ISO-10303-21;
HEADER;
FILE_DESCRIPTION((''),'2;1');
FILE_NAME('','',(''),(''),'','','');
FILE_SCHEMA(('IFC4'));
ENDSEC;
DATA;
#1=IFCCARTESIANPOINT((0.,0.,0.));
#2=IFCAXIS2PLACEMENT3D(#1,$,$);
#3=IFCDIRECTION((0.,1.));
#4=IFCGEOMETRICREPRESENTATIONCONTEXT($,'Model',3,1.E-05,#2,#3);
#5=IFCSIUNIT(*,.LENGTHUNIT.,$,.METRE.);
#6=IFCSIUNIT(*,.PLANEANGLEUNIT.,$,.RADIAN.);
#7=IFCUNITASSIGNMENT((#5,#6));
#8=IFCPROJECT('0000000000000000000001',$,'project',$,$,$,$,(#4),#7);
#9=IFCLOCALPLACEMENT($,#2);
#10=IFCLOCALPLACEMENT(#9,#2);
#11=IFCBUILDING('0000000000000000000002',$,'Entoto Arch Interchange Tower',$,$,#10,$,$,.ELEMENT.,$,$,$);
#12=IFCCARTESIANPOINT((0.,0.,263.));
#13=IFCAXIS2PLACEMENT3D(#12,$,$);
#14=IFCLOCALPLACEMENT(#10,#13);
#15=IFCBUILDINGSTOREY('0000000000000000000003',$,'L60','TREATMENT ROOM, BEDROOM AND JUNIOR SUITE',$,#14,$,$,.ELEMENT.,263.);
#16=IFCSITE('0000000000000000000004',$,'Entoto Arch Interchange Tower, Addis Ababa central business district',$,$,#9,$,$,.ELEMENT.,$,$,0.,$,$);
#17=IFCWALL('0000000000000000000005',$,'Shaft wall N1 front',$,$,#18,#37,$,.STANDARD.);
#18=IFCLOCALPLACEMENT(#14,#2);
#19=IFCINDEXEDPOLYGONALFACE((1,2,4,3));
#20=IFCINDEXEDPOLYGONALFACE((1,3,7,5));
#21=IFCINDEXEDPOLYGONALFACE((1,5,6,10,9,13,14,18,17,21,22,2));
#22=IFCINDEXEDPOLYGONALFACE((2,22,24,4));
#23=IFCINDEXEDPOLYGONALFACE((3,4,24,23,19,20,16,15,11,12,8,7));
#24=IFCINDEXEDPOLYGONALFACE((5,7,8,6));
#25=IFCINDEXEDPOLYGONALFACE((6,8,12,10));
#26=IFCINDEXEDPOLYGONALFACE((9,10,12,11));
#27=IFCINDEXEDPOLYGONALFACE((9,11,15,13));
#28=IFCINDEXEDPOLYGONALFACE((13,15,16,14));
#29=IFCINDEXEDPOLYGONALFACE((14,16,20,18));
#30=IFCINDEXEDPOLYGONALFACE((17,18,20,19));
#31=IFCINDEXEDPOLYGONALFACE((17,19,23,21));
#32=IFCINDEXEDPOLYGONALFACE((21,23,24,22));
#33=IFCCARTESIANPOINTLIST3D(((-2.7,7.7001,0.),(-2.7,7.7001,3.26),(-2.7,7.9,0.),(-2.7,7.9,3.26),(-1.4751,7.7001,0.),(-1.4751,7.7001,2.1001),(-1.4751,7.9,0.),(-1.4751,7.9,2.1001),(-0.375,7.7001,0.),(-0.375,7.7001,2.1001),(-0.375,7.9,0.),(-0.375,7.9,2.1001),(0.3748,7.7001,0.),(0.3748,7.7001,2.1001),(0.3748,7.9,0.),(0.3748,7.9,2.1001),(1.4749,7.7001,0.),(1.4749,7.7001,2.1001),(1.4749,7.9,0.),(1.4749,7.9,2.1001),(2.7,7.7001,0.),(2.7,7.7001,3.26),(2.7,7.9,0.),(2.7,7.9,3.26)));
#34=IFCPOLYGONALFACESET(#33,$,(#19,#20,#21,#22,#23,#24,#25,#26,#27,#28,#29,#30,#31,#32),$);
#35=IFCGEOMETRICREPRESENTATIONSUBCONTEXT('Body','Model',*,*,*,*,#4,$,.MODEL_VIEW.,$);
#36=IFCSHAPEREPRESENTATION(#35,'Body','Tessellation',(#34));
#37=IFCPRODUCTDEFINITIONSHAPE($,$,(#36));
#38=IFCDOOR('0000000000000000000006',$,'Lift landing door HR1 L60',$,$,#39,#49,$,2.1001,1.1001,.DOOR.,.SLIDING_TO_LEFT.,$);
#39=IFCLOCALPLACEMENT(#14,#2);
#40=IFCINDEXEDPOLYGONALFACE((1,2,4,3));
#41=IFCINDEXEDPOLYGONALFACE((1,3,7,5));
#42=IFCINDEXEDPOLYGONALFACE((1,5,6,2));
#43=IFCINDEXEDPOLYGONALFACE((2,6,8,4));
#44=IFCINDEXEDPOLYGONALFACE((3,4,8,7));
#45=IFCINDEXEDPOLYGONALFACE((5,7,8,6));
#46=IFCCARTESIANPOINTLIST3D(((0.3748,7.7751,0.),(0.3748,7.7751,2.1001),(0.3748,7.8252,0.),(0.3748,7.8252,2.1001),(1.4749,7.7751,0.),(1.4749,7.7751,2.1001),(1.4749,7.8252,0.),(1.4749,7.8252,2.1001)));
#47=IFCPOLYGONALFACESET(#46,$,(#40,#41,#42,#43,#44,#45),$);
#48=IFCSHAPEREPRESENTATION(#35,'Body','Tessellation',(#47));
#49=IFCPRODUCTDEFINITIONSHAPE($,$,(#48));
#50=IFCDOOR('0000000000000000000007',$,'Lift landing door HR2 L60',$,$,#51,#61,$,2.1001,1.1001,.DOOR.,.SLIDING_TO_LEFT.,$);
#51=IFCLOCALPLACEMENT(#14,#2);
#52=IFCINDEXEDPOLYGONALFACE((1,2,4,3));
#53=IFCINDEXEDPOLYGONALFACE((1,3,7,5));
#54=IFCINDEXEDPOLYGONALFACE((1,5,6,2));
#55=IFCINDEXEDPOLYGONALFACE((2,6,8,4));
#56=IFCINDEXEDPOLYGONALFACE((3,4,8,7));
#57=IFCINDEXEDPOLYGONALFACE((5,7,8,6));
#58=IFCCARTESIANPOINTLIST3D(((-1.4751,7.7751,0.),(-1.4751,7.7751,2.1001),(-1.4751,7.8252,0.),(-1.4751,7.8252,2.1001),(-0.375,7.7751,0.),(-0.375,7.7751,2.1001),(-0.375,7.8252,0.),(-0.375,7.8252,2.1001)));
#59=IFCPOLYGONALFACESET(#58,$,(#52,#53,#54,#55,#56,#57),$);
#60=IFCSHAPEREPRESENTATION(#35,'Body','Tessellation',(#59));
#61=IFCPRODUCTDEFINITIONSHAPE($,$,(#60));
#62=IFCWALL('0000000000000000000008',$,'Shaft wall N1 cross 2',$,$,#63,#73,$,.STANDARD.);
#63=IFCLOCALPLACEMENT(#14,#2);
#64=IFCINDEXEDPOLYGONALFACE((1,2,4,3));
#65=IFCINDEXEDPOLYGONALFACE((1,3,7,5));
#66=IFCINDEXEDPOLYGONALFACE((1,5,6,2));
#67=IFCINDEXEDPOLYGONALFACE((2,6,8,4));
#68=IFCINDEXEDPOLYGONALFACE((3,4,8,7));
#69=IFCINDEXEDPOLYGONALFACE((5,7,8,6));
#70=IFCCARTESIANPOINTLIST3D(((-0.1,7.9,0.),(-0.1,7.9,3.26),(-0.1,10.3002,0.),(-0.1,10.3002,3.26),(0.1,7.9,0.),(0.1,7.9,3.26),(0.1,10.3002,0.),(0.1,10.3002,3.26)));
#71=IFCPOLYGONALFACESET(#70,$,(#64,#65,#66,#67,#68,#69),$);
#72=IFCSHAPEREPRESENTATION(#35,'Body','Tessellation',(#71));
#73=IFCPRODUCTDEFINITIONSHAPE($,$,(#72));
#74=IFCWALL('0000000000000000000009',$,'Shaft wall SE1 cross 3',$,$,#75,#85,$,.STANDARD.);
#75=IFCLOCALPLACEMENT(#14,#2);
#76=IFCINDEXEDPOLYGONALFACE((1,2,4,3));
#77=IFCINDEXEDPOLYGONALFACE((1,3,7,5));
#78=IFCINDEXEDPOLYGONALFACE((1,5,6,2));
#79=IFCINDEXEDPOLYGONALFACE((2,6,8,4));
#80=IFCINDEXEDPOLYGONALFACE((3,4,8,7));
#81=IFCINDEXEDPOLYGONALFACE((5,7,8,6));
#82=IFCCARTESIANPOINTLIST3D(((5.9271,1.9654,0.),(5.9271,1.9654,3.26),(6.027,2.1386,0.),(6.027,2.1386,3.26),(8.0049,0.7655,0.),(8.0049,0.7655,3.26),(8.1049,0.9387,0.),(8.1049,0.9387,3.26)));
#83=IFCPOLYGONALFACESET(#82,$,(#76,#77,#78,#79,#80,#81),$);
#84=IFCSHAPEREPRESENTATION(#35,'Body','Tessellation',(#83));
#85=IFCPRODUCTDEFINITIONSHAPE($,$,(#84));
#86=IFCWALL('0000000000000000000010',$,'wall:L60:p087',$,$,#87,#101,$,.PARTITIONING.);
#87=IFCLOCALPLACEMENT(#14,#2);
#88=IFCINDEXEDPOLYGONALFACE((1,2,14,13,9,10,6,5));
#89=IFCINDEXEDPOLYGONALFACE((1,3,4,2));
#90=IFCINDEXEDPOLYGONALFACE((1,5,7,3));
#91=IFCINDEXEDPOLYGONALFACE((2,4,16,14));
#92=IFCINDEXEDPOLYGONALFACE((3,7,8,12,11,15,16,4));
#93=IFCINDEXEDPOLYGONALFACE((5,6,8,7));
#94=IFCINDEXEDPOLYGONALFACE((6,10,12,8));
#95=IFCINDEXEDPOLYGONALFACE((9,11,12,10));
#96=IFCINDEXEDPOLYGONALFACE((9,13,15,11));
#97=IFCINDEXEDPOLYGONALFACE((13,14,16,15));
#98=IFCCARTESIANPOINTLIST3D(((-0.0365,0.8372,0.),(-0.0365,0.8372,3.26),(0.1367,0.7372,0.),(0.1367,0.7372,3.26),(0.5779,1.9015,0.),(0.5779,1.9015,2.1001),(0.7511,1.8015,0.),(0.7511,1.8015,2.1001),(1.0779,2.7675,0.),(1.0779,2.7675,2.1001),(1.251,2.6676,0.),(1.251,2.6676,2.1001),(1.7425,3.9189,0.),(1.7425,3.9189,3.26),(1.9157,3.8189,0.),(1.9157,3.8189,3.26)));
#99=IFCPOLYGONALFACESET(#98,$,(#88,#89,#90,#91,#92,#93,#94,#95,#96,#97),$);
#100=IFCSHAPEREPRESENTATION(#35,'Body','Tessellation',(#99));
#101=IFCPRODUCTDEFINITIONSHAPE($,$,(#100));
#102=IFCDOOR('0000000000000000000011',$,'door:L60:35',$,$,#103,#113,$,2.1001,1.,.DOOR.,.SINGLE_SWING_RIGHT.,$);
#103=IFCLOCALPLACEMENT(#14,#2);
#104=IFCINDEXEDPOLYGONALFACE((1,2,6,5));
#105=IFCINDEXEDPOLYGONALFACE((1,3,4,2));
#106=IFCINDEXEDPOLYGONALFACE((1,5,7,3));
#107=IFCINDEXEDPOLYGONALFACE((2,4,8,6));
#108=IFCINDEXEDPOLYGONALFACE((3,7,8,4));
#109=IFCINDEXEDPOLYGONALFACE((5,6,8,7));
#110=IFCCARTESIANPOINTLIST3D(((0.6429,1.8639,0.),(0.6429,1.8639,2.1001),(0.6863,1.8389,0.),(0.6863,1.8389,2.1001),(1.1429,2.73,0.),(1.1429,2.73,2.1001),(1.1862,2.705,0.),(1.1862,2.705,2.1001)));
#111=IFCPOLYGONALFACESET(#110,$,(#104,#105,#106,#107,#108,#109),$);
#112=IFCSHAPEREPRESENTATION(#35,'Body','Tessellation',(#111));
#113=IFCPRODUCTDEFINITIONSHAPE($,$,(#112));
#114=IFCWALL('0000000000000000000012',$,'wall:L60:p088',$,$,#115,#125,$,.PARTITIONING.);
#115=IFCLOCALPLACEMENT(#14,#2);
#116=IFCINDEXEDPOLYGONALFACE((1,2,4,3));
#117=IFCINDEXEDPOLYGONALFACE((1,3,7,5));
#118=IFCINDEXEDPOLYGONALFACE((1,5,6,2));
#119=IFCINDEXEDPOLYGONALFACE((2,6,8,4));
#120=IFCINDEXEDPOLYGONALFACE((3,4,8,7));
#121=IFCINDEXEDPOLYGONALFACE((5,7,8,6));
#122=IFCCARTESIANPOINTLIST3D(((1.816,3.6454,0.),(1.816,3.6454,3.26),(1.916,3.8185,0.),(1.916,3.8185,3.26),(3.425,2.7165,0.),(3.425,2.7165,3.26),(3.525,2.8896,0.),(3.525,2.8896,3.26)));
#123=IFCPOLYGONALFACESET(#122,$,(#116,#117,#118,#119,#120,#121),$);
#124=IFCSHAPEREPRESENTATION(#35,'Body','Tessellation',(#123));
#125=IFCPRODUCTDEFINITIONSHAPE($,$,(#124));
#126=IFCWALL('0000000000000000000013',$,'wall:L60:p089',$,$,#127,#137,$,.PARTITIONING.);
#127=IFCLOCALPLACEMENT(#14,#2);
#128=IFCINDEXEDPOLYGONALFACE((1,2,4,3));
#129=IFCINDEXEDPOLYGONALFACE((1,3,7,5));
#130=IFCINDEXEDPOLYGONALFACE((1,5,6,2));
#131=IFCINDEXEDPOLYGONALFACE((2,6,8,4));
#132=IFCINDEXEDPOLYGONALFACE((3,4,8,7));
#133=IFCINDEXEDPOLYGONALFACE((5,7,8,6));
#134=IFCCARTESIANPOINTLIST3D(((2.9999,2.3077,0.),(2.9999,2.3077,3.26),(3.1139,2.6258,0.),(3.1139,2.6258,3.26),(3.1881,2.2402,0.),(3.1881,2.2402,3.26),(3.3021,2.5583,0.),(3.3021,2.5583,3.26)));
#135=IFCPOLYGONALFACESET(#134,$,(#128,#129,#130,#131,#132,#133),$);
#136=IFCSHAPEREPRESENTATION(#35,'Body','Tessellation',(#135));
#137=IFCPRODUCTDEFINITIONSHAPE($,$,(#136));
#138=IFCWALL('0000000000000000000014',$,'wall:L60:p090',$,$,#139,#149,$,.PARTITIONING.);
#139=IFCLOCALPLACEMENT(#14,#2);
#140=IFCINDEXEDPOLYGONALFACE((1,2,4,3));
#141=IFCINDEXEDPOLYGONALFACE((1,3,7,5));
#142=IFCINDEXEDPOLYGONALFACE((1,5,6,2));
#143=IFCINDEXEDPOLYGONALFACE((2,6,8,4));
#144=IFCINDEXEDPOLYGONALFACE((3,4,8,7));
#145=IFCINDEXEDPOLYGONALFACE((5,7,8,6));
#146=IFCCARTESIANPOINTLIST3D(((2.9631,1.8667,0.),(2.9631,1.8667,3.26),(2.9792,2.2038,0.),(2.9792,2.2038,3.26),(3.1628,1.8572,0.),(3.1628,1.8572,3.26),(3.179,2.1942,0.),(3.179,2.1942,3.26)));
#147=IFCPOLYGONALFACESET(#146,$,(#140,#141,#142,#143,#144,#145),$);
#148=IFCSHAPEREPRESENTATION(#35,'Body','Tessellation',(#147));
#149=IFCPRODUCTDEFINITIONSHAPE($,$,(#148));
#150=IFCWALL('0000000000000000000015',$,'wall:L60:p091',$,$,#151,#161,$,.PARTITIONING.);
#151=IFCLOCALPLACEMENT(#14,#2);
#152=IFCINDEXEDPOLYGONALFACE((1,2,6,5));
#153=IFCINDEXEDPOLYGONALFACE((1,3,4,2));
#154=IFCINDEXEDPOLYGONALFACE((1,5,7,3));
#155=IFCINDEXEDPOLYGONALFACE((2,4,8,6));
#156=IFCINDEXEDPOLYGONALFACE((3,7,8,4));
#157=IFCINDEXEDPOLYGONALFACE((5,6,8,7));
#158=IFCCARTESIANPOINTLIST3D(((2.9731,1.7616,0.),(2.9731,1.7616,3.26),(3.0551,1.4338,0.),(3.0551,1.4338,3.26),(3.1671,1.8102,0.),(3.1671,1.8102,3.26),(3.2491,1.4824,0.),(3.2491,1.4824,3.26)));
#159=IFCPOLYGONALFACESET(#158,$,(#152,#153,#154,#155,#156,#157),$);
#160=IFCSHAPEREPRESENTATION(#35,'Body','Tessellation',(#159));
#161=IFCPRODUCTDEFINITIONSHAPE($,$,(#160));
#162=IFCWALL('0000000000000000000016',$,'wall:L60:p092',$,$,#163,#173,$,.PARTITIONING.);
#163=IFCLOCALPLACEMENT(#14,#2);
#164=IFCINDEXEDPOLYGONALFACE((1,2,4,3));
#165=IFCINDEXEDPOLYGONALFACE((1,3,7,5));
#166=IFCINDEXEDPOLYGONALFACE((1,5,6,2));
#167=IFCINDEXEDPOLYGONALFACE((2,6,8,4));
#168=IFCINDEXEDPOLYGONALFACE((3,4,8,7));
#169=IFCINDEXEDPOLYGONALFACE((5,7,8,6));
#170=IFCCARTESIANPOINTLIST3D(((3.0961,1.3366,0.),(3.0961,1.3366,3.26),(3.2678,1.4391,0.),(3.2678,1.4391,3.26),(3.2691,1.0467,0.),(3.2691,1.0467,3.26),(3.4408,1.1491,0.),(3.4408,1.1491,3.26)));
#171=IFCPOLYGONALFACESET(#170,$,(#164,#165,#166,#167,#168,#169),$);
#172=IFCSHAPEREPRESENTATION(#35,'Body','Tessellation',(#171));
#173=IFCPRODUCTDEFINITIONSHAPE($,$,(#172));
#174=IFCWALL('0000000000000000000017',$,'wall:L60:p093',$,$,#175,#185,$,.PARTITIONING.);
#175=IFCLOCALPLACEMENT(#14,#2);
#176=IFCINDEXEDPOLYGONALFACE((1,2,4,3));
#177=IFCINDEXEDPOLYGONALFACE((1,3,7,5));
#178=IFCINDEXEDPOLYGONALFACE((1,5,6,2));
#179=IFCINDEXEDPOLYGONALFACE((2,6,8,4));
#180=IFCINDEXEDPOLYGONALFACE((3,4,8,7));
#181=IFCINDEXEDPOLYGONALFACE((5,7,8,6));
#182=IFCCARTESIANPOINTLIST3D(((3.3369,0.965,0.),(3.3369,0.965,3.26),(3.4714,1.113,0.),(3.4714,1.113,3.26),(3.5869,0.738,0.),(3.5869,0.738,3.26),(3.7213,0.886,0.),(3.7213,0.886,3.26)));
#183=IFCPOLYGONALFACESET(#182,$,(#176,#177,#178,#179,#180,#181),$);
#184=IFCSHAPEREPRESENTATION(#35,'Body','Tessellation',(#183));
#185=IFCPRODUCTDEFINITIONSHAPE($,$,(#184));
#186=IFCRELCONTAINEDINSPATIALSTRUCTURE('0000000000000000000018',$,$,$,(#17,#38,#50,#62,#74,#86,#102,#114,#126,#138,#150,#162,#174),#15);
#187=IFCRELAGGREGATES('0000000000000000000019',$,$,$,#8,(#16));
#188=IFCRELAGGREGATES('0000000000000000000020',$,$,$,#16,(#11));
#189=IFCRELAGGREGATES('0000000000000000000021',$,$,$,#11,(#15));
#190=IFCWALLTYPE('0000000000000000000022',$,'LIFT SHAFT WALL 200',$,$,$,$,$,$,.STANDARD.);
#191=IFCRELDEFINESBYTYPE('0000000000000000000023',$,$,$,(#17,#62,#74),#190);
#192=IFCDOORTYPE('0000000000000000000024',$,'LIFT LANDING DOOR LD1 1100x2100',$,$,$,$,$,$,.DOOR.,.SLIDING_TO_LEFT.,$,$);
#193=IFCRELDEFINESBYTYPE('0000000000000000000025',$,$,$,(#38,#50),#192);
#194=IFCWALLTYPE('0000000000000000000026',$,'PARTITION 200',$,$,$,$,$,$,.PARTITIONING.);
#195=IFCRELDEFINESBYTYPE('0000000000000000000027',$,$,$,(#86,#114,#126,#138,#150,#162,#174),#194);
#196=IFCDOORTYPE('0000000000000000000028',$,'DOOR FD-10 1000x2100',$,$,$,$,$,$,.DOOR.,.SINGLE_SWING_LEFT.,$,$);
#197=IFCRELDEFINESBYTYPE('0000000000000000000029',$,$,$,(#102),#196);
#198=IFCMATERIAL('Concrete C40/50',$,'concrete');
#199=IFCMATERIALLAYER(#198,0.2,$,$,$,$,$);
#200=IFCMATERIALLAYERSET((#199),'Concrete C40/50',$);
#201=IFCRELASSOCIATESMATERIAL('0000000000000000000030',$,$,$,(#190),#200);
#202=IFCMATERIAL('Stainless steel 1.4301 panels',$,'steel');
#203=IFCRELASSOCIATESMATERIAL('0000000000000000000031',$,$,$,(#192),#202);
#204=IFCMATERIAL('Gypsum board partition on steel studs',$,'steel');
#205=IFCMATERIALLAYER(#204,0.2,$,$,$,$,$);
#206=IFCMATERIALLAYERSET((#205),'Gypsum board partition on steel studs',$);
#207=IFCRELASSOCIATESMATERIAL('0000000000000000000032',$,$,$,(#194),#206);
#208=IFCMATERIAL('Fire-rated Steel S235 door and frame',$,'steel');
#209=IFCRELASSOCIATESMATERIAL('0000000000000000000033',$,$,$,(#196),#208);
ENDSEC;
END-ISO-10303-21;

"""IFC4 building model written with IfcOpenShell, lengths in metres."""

from ifc_helpers import new_model, si_unit, direction, frame, frame_2d, origin, place, context, subcontext, project, spatial, rectangle, extrude, material, layer, layer_set, type_object, element, fill, save


model = new_model("IFC4")

# Units and contexts
model_context = context("Model", 3, precision=1e-05, world=origin(), true_north=direction((0.0, 1.0)))
body_context = subcontext(model_context, "Body", "Model", "MODEL_VIEW")
ifc_project = project(units=[si_unit("LENGTHUNIT", "METRE"), si_unit("PLANEANGLEUNIT", "RADIAN")], contexts=[model_context])

# Site, building, storey
site_placement = place(None, origin())
site = spatial("IfcSite", under=ifc_project, at=site_placement, Name="Entoto Arch Interchange Tower, Addis Ababa central business district", CompositionType="ELEMENT", RefElevation=0.0)
building_placement = place(site_placement, origin())
building = spatial("IfcBuilding", under=site, at=building_placement, Name="Entoto Arch Interchange Tower", CompositionType="ELEMENT")
storey_placement = place(building_placement, frame((0.0, 0.0, 263.0)))
storey = spatial("IfcBuildingStorey", under=building, at=storey_placement, Name="L60", Description="TREATMENT ROOM, BEDROOM AND JUNIOR SUITE", CompositionType="ELEMENT", Elevation=263.0)

# Wall, openings, doors
ifc_material_1 = material(Name="Concrete C40/50", Category="concrete")
ifc_layer_1 = layer(ifc_material_1, 0.2)
ifc_layer_set_1 = layer_set([ifc_layer_1], Name="Concrete C40/50")
wall_type_1 = type_object("IfcWallType", Name="LIFT SHAFT WALL 200", PredefinedType="STANDARD", material=ifc_layer_set_1)
wall_1_placement = place(storey_placement, frame((2.7, 7.8, 0.0), z_axis=(0.0, 0.0, 1.0), x_axis=(-1.0, 0.0, 0.0)))
wall_1 = element("IfcWall", 1, at=wall_1_placement, inside=storey, type_object=wall_type_1, Name="Shaft wall N1 front", PredefinedType="STANDARD", context=body_context, shape_type="SweptSolid", body=[
    extrude(rectangle(XDim=5.3999, YDim=0.2, at=frame_2d((2.7, 0.0))), origin(), (0.0, 0.0, 1.0), 3.26),
])
opening_1_placement = place(wall_1_placement, frame((1.2251, 0.0, 0.0)))
opening_1 = element("IfcOpeningElement", 2, at=opening_1_placement, cuts=wall_1, PredefinedType="OPENING", context=body_context, shape_type="SweptSolid", body=[
    extrude(rectangle(XDim=1.1001, YDim=2.1001, at=frame_2d((0.55, 1.05))), frame((0.0, 0.1099, 0.0), z_axis=(0.0, -1.0, 0.0), x_axis=(1.0, 0.0, 0.0)), (0.0, 0.0, 1.0), 0.22),
])
opening_2_placement = place(wall_1_placement, frame((3.075, 0.0, 0.0)))
opening_2 = element("IfcOpeningElement", 3, at=opening_2_placement, cuts=wall_1, PredefinedType="OPENING", context=body_context, shape_type="SweptSolid", body=[
    extrude(rectangle(XDim=1.1001, YDim=2.1001, at=frame_2d((0.55, 1.05))), frame((0.0, 0.1099, 0.0), z_axis=(0.0, -1.0, 0.0), x_axis=(1.0, 0.0, 0.0)), (0.0, 0.0, 1.0), 0.22),
])
ifc_material_2 = material(Name="Stainless steel 1.4301 panels", Category="steel")
door_type_1 = type_object("IfcDoorType", Name="LIFT LANDING DOOR LD1 1100x2100", OperationType="SLIDING_TO_LEFT", PredefinedType="DOOR", material=ifc_material_2)
door_1_placement = place(opening_1_placement, origin())
door_1 = element("IfcDoor", 4, at=door_1_placement, inside=storey, type_object=door_type_1, Name="Lift landing door HR1 L60", OperationType="SLIDING_TO_LEFT", OverallHeight=2.1001, OverallWidth=1.1001, PredefinedType="DOOR", context=body_context, shape_type="SweptSolid", body=[
    extrude(rectangle(XDim=1.1001, YDim=2.1001, at=frame_2d((0.55, 1.05))), frame((0.0, 0.0249, 0.0), z_axis=(0.0, -1.0, 0.0), x_axis=(1.0, 0.0, 0.0)), (0.0, 0.0, 1.0), 0.05),
])
fill(opening_1, door_1)
door_2_placement = place(opening_2_placement, origin())
door_2 = element("IfcDoor", 5, at=door_2_placement, inside=storey, type_object=door_type_1, Name="Lift landing door HR2 L60", OperationType="SLIDING_TO_LEFT", OverallHeight=2.1001, OverallWidth=1.1001, PredefinedType="DOOR", context=body_context, shape_type="SweptSolid", body=[
    extrude(rectangle(XDim=1.1001, YDim=2.1001, at=frame_2d((0.55, 1.05))), frame((0.0, 0.0249, 0.0), z_axis=(0.0, -1.0, 0.0), x_axis=(1.0, 0.0, 0.0)), (0.0, 0.0, 1.0), 0.05),
])
fill(opening_2, door_2)

# Walls
wall_2_placement = place(storey_placement, frame((0.0, 7.8999, 0.0), z_axis=(0.0, 0.0, 1.0), x_axis=(0.0, 1.0, 0.0)))
element("IfcWall", 6, at=wall_2_placement, inside=storey, type_object=wall_type_1, Name="Shaft wall N1 cross 2", PredefinedType="STANDARD", context=body_context, shape_type="SweptSolid", body=[
    extrude(rectangle(XDim=2.4001, YDim=0.2, at=frame_2d((1.2002, 0.0))), origin(), (0.0, 0.0, 1.0), 3.26),
])
wall_3_placement = place(storey_placement, frame((5.9771, 2.052, 0.0), z_axis=(0.0, 0.0, 1.0), x_axis=(0.865974, -0.500089, 0.0)))
element("IfcWall", 7, at=wall_3_placement, inside=storey, type_object=wall_type_1, Name="Shaft wall SE1 cross 3", PredefinedType="STANDARD", context=body_context, shape_type="SweptSolid", body=[
    extrude(rectangle(XDim=2.3994, YDim=0.2, at=frame_2d((1.1997, 0.0))), origin(), (0.0, 0.0, 1.0), 3.26),
])

# Wall, opening, door
ifc_material_3 = material(Name="Gypsum board partition on steel studs", Category="steel")
ifc_layer_2 = layer(ifc_material_3, 0.2)
ifc_layer_set_2 = layer_set([ifc_layer_2], Name="Gypsum board partition on steel studs")
wall_type_2 = type_object("IfcWallType", Name="PARTITION 200", PredefinedType="PARTITIONING", material=ifc_layer_set_2)
wall_4_placement = place(storey_placement, frame((0.05, 0.7871, 0.0), z_axis=(0.0, 0.0, 1.0), x_axis=(0.499954, 0.866052, 0.0)))
wall_4 = element("IfcWall", 8, at=wall_4_placement, inside=storey, type_object=wall_type_2, Name="wall:L60:p087", PredefinedType="PARTITIONING", context=body_context, shape_type="SweptSolid", body=[
    extrude(rectangle(XDim=3.5583, YDim=0.2, at=frame_2d((1.7793, 0.0))), origin(), (0.0, 0.0, 1.0), 3.26),
])
opening_3_placement = place(wall_4_placement, frame((1.229, 0.0, 0.0)))
opening_3 = element("IfcOpeningElement", 9, at=opening_3_placement, cuts=wall_4, PredefinedType="OPENING", context=body_context, shape_type="SweptSolid", body=[
    extrude(rectangle(XDim=1.0, YDim=2.1001, at=frame_2d((0.5, 1.05))), frame((0.0, 0.1099, 0.0), z_axis=(0.0, -1.0, 0.0), x_axis=(1.0, 0.0, 0.0)), (0.0, 0.0, 1.0), 0.22),
])
ifc_material_4 = material(Name="Fire-rated Steel S235 door and frame", Category="steel")
door_type_2 = type_object("IfcDoorType", Name="DOOR FD-10 1000x2100", OperationType="SINGLE_SWING_LEFT", PredefinedType="DOOR", material=ifc_material_4)
door_3_placement = place(opening_3_placement, origin())
door_3 = element("IfcDoor", 10, at=door_3_placement, inside=storey, type_object=door_type_2, Name="door:L60:35", OperationType="SINGLE_SWING_RIGHT", OverallHeight=2.1001, OverallWidth=1.0, PredefinedType="DOOR", context=body_context, shape_type="SweptSolid", body=[
    extrude(rectangle(XDim=1.0, YDim=2.1001, at=frame_2d((0.5, 1.05))), frame((0.0, 0.0249, 0.0), z_axis=(0.0, -1.0, 0.0), x_axis=(1.0, 0.0, 0.0)), (0.0, 0.0, 1.0), 0.05),
])
fill(opening_3, door_3)

# Walls
wall_5_placement = place(storey_placement, frame((1.866, 3.7319, 0.0), z_axis=(0.0, 0.0, 1.0), x_axis=(0.866043, -0.499969, 0.0)))
element("IfcWall", 11, at=wall_5_placement, inside=storey, type_object=wall_type_2, Name="wall:L60:p088", PredefinedType="PARTITIONING", context=body_context, shape_type="SweptSolid", body=[
    extrude(rectangle(XDim=1.8579, YDim=0.2, at=frame_2d((0.929, 0.0))), origin(), (0.0, 0.0, 1.0), 3.26),
])
wall_6_placement = place(storey_placement, frame((3.208, 2.592, 0.0), z_axis=(0.0, 0.0, 1.0), x_axis=(-0.337389, -0.941365, 0.0)))
element("IfcWall", 12, at=wall_6_placement, inside=storey, type_object=wall_type_2, Name="wall:L60:p089", PredefinedType="PARTITIONING", context=body_context, shape_type="SweptSolid", body=[
    extrude(rectangle(XDim=0.3379, YDim=0.2, at=frame_2d((0.1689, 0.0))), origin(), (0.0, 0.0, 1.0), 3.26),
])
wall_7_placement = place(storey_placement, frame((3.0791, 2.199, 0.0), z_axis=(0.0, 0.0, 1.0), x_axis=(-0.047771, -0.998858, 0.0)))
element("IfcWall", 13, at=wall_7_placement, inside=storey, type_object=wall_type_2, Name="wall:L60:p090", PredefinedType="PARTITIONING", context=body_context, shape_type="SweptSolid", body=[
    extrude(rectangle(XDim=0.3374, YDim=0.2, at=frame_2d((0.1687, 0.0))), origin(), (0.0, 0.0, 1.0), 3.26),
])
wall_8_placement = place(storey_placement, frame((3.0701, 1.7859, 0.0), z_axis=(0.0, 0.0, 1.0), x_axis=(0.242706, -0.9701, 0.0)))
element("IfcWall", 14, at=wall_8_placement, inside=storey, type_object=wall_type_2, Name="wall:L60:p091", PredefinedType="PARTITIONING", context=body_context, shape_type="SweptSolid", body=[
    extrude(rectangle(XDim=0.3379, YDim=0.2, at=frame_2d((0.1689, 0.0))), origin(), (0.0, 0.0, 1.0), 3.26),
])
for number, where, z_axis, x_axis, name in (
    (15, (3.1819, 1.3879, 0.0), (0.0, 0.0, 1.0), (0.512475, -0.858702, 0.0), "wall:L60:p092"),
    (16, (3.4041, 1.0391, 0.0), (0.0, 0.0, 1.0), (0.740267, -0.672313, 0.0), "wall:L60:p093"),
):
    element("IfcWall", number, at=place(storey_placement, frame(where, z_axis=z_axis, x_axis=x_axis)), inside=storey, type_object=wall_type_2, Name=name, PredefinedType="PARTITIONING", context=body_context, shape_type="SweptSolid", body=[
        extrude(rectangle(XDim=0.3376, YDim=0.2, at=frame_2d((0.1689, 0.0))), origin(), (0.0, 0.0, 1.0), 3.26),
    ])

save(model, "model.ifc")
